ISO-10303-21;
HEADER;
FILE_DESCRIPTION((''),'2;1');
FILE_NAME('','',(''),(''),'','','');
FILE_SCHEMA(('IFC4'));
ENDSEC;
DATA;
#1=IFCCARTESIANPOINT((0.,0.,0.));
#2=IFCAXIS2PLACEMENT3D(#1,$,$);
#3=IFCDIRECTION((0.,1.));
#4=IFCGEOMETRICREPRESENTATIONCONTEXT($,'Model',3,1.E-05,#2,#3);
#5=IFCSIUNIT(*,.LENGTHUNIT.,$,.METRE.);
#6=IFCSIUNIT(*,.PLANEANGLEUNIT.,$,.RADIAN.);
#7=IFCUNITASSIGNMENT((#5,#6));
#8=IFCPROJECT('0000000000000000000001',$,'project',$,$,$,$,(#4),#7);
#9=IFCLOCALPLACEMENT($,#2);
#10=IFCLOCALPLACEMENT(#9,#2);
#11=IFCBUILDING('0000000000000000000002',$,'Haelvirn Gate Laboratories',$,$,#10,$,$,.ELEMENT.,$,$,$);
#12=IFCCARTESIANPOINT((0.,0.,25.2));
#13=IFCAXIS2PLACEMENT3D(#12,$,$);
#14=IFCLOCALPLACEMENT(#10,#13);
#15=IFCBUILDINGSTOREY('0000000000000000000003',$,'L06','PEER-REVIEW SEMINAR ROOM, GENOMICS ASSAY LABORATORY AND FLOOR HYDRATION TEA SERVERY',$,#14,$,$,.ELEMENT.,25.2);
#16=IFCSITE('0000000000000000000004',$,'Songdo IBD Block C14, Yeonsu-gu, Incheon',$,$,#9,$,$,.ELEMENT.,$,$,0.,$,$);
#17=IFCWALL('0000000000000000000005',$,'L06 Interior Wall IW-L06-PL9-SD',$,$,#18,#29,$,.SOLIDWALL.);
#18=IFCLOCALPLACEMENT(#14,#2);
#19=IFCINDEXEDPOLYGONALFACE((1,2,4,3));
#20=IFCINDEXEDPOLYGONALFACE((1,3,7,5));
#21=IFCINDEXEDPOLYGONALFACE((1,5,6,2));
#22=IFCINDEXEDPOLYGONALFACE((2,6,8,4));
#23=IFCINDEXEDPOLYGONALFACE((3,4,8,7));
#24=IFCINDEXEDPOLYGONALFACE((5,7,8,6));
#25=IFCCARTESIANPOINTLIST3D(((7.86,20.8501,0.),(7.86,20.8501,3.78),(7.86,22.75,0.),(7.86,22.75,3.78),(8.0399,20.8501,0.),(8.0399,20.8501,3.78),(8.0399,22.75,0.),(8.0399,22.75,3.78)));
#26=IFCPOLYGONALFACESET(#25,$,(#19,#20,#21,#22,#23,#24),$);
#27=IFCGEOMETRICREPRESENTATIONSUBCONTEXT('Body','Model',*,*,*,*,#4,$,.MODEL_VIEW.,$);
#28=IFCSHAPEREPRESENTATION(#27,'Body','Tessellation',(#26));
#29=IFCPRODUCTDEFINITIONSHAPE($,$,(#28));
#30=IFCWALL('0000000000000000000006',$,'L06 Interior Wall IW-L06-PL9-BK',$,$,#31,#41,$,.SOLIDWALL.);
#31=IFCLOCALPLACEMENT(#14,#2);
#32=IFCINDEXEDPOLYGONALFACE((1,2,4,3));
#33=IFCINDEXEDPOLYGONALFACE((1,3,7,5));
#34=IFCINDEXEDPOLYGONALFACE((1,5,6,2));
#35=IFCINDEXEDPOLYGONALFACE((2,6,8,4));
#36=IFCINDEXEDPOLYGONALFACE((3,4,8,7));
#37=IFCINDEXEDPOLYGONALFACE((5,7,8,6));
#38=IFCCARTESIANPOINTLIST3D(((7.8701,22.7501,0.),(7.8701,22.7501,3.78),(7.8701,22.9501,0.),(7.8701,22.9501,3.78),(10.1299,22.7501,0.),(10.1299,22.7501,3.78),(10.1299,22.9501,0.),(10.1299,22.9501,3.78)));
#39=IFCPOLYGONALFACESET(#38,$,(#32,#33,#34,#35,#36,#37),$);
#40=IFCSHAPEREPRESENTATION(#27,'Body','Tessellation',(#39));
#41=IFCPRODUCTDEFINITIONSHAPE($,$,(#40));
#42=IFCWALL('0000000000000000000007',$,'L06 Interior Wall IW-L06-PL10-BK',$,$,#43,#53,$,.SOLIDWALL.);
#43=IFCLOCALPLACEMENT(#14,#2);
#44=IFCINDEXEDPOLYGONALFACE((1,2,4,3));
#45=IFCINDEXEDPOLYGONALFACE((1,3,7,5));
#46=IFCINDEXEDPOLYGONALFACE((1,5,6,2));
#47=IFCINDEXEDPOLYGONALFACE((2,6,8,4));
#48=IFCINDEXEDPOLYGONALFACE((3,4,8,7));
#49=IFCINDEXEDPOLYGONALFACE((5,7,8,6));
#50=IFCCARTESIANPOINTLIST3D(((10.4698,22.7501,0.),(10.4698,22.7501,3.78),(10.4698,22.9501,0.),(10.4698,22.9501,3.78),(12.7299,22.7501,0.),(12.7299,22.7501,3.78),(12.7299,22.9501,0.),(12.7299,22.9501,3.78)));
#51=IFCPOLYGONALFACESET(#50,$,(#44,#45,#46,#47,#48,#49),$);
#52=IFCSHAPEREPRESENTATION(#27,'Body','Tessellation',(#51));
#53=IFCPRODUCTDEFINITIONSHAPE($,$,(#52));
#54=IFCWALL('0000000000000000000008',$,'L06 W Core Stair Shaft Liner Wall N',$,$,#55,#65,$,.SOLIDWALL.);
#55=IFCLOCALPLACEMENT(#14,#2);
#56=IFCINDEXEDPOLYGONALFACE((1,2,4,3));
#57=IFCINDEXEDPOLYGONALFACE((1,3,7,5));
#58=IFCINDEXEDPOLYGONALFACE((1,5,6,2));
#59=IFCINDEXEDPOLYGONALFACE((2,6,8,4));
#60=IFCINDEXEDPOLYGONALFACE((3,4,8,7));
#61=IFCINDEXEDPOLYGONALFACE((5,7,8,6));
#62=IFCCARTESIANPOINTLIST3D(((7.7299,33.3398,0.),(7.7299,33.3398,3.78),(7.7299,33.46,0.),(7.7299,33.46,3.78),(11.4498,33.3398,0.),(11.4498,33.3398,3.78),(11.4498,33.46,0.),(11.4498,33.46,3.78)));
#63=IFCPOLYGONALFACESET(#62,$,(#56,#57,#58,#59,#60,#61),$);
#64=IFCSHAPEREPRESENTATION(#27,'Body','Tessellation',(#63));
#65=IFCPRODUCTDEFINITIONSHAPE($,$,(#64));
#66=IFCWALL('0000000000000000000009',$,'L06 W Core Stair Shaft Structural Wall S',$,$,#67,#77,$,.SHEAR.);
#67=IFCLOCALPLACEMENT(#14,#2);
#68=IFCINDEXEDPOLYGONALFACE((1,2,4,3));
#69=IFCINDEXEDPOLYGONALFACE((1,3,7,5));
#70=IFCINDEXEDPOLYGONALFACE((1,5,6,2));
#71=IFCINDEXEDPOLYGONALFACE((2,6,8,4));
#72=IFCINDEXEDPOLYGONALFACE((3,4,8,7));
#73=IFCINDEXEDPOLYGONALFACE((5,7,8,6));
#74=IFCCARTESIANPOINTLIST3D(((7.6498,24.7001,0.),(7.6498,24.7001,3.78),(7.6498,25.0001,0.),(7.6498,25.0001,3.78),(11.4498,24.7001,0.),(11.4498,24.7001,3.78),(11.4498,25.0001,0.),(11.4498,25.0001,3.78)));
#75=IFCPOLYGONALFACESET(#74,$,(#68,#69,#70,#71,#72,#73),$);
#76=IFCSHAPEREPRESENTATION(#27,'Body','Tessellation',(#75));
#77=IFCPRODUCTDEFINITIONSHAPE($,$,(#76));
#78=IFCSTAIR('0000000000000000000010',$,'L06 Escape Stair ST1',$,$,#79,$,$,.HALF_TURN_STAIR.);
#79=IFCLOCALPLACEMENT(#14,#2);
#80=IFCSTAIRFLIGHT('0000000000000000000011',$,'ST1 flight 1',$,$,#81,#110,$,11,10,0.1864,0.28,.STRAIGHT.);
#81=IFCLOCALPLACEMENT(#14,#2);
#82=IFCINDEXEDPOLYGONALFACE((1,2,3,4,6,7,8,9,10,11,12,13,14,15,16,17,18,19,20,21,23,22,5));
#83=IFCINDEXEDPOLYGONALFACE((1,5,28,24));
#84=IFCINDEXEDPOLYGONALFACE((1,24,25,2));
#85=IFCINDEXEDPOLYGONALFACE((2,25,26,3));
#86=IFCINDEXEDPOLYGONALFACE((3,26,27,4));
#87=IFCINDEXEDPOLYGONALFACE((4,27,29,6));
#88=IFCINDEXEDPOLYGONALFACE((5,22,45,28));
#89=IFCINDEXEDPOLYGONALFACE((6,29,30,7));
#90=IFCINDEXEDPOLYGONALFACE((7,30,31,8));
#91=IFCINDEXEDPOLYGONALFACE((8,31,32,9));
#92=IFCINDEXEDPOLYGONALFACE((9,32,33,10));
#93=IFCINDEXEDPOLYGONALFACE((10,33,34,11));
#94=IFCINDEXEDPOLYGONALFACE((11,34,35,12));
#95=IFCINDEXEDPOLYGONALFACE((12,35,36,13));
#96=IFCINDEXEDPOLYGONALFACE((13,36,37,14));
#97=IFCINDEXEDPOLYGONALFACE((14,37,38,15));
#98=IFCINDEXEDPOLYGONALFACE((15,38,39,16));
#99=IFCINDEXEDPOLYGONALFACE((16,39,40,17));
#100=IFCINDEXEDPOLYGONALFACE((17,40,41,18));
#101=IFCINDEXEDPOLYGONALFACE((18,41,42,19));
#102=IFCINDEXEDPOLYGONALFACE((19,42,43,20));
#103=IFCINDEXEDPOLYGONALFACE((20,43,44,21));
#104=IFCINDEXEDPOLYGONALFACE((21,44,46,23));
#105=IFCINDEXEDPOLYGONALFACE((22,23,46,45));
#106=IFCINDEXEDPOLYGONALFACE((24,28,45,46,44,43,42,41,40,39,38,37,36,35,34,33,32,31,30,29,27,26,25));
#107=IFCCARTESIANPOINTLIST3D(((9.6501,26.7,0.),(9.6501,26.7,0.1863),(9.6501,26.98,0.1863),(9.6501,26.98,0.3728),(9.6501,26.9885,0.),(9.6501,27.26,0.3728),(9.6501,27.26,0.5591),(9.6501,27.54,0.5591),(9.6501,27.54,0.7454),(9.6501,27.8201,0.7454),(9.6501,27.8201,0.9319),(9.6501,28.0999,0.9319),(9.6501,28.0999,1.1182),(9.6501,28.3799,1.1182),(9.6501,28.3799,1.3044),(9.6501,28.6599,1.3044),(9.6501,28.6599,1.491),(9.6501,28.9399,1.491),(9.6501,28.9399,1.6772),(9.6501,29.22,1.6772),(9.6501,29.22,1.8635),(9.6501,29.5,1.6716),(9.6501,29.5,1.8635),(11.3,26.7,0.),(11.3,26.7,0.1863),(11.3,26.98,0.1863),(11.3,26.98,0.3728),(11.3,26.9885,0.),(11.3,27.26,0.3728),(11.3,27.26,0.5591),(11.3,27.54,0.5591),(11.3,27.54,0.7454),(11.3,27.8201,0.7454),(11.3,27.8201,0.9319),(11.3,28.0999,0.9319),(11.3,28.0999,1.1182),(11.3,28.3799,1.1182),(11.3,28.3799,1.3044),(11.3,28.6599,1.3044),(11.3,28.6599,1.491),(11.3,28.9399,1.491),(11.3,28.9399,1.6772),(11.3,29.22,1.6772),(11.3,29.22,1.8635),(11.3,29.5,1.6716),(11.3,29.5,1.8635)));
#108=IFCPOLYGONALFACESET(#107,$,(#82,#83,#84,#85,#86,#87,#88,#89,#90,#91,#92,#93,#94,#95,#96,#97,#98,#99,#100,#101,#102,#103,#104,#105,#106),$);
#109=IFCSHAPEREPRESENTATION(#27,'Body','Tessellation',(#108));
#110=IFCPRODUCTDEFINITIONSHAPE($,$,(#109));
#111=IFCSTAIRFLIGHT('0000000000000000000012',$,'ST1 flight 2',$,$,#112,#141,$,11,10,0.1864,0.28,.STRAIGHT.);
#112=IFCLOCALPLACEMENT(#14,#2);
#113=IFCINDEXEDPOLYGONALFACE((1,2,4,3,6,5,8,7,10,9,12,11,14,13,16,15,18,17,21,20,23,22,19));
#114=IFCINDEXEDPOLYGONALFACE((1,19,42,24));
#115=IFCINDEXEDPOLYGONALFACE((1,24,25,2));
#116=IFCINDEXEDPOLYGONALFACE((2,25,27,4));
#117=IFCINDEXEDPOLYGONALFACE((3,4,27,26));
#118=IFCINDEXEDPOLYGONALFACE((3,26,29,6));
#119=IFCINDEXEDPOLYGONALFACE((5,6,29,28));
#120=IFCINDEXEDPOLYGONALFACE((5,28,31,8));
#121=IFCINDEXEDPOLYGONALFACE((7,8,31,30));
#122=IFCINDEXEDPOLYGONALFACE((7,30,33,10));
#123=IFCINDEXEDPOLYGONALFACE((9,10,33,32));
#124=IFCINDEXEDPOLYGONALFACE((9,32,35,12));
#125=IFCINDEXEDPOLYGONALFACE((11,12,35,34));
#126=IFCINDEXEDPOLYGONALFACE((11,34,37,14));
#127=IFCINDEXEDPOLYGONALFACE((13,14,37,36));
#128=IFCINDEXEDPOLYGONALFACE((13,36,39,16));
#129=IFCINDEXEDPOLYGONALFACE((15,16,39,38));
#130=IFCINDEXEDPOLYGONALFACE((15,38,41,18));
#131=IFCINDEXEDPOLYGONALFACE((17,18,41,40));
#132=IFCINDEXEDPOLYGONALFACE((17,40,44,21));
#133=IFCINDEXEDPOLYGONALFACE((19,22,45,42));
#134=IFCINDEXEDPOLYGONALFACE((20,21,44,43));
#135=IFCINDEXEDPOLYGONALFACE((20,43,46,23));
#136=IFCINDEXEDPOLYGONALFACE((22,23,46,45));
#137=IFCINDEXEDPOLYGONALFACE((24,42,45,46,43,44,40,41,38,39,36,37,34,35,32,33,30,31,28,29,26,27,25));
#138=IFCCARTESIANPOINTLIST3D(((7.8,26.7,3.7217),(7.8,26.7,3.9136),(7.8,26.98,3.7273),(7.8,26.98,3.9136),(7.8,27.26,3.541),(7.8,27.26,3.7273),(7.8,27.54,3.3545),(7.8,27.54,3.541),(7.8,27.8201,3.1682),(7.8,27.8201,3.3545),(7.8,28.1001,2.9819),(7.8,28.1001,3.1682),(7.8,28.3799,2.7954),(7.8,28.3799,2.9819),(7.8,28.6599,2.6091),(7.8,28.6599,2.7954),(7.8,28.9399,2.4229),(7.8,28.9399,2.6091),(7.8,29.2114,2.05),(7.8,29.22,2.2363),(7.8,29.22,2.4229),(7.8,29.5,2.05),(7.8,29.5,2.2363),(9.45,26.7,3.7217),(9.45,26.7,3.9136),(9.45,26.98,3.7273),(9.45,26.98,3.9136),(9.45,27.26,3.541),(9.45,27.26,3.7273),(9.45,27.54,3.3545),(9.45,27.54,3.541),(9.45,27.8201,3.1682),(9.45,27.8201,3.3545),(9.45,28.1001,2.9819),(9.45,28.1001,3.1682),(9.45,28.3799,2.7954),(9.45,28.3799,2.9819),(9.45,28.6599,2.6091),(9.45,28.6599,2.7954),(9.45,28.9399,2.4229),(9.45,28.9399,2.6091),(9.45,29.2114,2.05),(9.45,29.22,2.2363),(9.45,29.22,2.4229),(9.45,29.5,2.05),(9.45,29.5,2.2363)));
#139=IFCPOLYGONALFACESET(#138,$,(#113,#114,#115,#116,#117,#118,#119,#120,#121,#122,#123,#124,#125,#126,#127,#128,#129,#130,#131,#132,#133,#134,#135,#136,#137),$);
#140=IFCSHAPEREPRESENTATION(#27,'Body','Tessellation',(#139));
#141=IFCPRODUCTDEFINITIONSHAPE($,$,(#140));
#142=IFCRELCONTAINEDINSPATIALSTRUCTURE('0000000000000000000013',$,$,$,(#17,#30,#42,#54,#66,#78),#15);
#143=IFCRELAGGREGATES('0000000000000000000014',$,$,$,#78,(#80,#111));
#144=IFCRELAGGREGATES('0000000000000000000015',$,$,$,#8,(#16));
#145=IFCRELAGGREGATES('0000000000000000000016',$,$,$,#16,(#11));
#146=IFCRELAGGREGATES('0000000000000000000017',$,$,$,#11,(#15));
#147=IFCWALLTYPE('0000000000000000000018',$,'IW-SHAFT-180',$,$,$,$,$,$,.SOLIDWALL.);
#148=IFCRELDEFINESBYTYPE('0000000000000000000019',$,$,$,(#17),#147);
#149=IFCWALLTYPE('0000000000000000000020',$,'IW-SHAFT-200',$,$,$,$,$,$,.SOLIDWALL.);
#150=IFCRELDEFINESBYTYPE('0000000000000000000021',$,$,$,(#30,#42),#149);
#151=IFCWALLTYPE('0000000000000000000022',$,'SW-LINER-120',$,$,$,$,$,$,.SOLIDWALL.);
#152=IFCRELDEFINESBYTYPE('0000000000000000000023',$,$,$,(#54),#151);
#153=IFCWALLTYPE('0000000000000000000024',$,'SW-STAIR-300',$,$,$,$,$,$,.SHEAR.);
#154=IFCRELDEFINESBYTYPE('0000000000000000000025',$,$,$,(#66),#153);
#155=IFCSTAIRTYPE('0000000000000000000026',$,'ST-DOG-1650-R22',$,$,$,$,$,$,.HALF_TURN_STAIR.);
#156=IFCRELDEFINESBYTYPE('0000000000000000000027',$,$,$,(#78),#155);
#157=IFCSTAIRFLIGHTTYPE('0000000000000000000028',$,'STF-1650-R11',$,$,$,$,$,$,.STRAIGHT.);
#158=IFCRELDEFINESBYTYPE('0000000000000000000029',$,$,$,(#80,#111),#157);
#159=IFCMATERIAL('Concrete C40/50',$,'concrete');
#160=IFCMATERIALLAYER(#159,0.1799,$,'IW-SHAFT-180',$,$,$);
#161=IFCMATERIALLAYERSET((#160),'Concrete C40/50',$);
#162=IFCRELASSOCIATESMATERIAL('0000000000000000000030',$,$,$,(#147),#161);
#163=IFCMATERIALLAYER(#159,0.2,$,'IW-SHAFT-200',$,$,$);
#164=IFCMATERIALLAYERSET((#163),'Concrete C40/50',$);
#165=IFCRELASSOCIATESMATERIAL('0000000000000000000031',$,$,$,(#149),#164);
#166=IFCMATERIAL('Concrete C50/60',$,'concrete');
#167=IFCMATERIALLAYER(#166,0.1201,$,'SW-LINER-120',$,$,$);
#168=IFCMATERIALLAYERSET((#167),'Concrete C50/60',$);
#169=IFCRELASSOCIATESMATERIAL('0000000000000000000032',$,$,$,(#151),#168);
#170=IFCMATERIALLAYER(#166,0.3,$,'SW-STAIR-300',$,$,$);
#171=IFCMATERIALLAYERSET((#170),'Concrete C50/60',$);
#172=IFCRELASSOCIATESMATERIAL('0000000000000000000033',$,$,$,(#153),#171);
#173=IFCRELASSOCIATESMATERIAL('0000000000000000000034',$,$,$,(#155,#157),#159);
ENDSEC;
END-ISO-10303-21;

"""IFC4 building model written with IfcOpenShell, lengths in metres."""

from ifc_helpers import new_model, si_unit, direction, frame, frame_2d, origin, place, context, subcontext, project, spatial, polyline, rectangle, outline, extrude, source, transform, mapped, material, layer, layer_set, type_object, type_shapes, element, aggregate, save


model = new_model("IFC4")

# Units and contexts
model_context = context("Model", 3, precision=1e-05, world=origin(), true_north=direction((0.0, 1.0)))
body_context = subcontext(model_context, "Body", "Model", "MODEL_VIEW")
ifc_project = project(units=[si_unit("LENGTHUNIT", "METRE"), si_unit("PLANEANGLEUNIT", "RADIAN")], contexts=[model_context])

# Site, building, storey
site_placement = place(None, origin())
site = spatial("IfcSite", under=ifc_project, at=site_placement, Name="Songdo IBD Block C14, Yeonsu-gu, Incheon", CompositionType="ELEMENT", RefElevation=0.0)
building_placement = place(site_placement, origin())
building = spatial("IfcBuilding", under=site, at=building_placement, Name="Haelvirn Gate Laboratories", CompositionType="ELEMENT")
storey_placement = place(building_placement, frame((0.0, 0.0, 25.2)))
storey = spatial("IfcBuildingStorey", under=building, at=storey_placement, Name="L06", Description="PEER-REVIEW SEMINAR ROOM, GENOMICS ASSAY LABORATORY AND FLOOR HYDRATION TEA SERVERY", CompositionType="ELEMENT", Elevation=25.2)

# Walls
ifc_material_1 = material(Name="Concrete C40/50", Category="concrete")
ifc_layer_1 = layer(ifc_material_1, 0.1799, Name="IW-SHAFT-180")
ifc_layer_set_1 = layer_set([ifc_layer_1], Name="Concrete C40/50")
wall_type_1 = type_object("IfcWallType", Name="IW-SHAFT-180", PredefinedType="SOLIDWALL", material=ifc_layer_set_1)
wall_1_placement = place(storey_placement, frame((7.95, 20.8501, 0.0), z_axis=(0.0, 0.0, 1.0), x_axis=(0.0, 1.0, 0.0)))
element("IfcWall", 1, at=wall_1_placement, inside=storey, type_object=wall_type_1, Name="L06 Interior Wall IW-L06-PL9-SD", PredefinedType="SOLIDWALL", context=body_context, shape_type="SweptSolid", body=[
    extrude(rectangle(XDim=1.8999, YDim=0.1799, at=frame_2d((0.95, 0.0))), origin(), (0.0, 0.0, 1.0), 3.78),
])
ifc_layer_2 = layer(ifc_material_1, 0.2, Name="IW-SHAFT-200")
ifc_layer_set_2 = layer_set([ifc_layer_2], Name="Concrete C40/50")
wall_type_2 = type_object("IfcWallType", Name="IW-SHAFT-200", PredefinedType="SOLIDWALL", material=ifc_layer_set_2)
wall_2_placement = place(storey_placement, frame((7.8701, 22.8501, 0.0), z_axis=(0.0, 0.0, 1.0), x_axis=(1.0, 0.0, 0.0)))
element("IfcWall", 2, at=wall_2_placement, inside=storey, type_object=wall_type_2, Name="L06 Interior Wall IW-L06-PL9-BK", PredefinedType="SOLIDWALL", context=body_context, shape_type="SweptSolid", body=[
    extrude(rectangle(XDim=2.2598, YDim=0.2, at=frame_2d((1.1299, 0.0))), origin(), (0.0, 0.0, 1.0), 3.78),
])
wall_3_placement = place(storey_placement, frame((10.47, 22.8501, 0.0), z_axis=(0.0, 0.0, 1.0), x_axis=(1.0, 0.0, 0.0)))
element("IfcWall", 3, at=wall_3_placement, inside=storey, type_object=wall_type_2, Name="L06 Interior Wall IW-L06-PL10-BK", PredefinedType="SOLIDWALL", context=body_context, shape_type="SweptSolid", body=[
    extrude(rectangle(XDim=2.26, YDim=0.2, at=frame_2d((1.1299, 0.0))), origin(), (0.0, 0.0, 1.0), 3.78),
])

# Walls
ifc_material_2 = material(Name="Concrete C50/60", Category="concrete")
ifc_layer_3 = layer(ifc_material_2, 0.1201, Name="SW-LINER-120")
ifc_layer_set_3 = layer_set([ifc_layer_3], Name="Concrete C50/60")
wall_type_3 = type_object("IfcWallType", Name="SW-LINER-120", PredefinedType="SOLIDWALL", material=ifc_layer_set_3)
wall_4_placement = place(storey_placement, frame((7.73, 33.3999, 0.0), z_axis=(0.0, 0.0, 1.0), x_axis=(1.0, 0.0, 0.0)))
element("IfcWall", 4, at=wall_4_placement, inside=storey, type_object=wall_type_3, Name="L06 W Core Stair Shaft Liner Wall N", PredefinedType="SOLIDWALL", context=body_context, shape_type="SweptSolid", body=[
    extrude(rectangle(XDim=3.72, YDim=0.1201, at=frame_2d((1.8599, 0.0))), origin(), (0.0, 0.0, 1.0), 3.78),
])
ifc_layer_4 = layer(ifc_material_2, 0.3, Name="SW-STAIR-300")
ifc_layer_set_4 = layer_set([ifc_layer_4], Name="Concrete C50/60")
wall_type_4 = type_object("IfcWallType", Name="SW-STAIR-300", PredefinedType="SHEAR", material=ifc_layer_set_4)
wall_5_placement = place(storey_placement, frame((7.6499, 24.8501, 0.0), z_axis=(0.0, 0.0, 1.0), x_axis=(1.0, 0.0, 0.0)))
element("IfcWall", 5, at=wall_5_placement, inside=storey, type_object=wall_type_4, Name="L06 W Core Stair Shaft Structural Wall S", PredefinedType="SHEAR", context=body_context, shape_type="SweptSolid", body=[
    extrude(rectangle(XDim=3.8, YDim=0.3, at=frame_2d((1.8999, 0.0))), origin(), (0.0, 0.0, 1.0), 3.78),
])

# Stair, stair flights
stair_type = type_object("IfcStairType", Name="ST-DOG-1650-R22", PredefinedType="HALF_TURN_STAIR", material=ifc_material_1)
stair_placement = place(storey_placement, origin())
stair = element("IfcStair", 6, at=stair_placement, inside=storey, type_object=stair_type, Name="L06 Escape Stair ST1", PredefinedType="HALF_TURN_STAIR")
stair_flight_type = type_object("IfcStairFlightType", Name="STF-1650-R11", PredefinedType="STRAIGHT", material=ifc_material_1)
shared_shape_1 = source(origin(), body_context, "Body", "SweptSolid", [
    extrude(outline(polyline([(0.0, 0.0), (0.0, 0.1863), (0.28, 0.1863), (0.28, 0.3728), (0.5601, 0.3728), (0.5601, 0.5591), (0.8401, 0.5591), (0.8401, 0.7454), (1.1201, 0.7454), (1.1201, 0.9319), (1.3999, 0.9319), (1.3999, 1.1182), (1.6799, 1.1182), (1.6799, 1.3044), (1.96, 1.3044), (1.96, 1.491), (2.24, 1.491), (2.24, 1.6772), (2.52, 1.6772), (2.52, 1.8635), (2.8, 1.8635), (2.8, 2.05), (2.8, 1.6716), (0.2886, 0.0), (0.0, 0.0)])), frame((0.0, 0.825, 0.0), z_axis=(0.0, -1.0, 0.0), x_axis=(1.0, 0.0, 0.0)), (0.0, 0.0, 1.0), 1.6499),
])
type_shapes(stair_flight_type, [shared_shape_1])
stair_flight_1_placement = place(storey_placement, frame((10.4751, 26.7, 0.0), z_axis=(0.0, 0.0, 1.0), x_axis=(0.0, 1.0, 0.0)))
stair_flight_1 = element("IfcStairFlight", 7, at=stair_flight_1_placement, type_object=stair_flight_type, Name="ST1 flight 1", NumberOfRisers=11, NumberOfTreads=10, PredefinedType="STRAIGHT", RiserHeight=0.1864, TreadLength=0.28, context=body_context, shape_type="MappedRepresentation", body=[
    mapped(shared_shape_1, transform((0.0, 0.0, 0.0), scale=1.0)),
])
stair_flight_2_placement = place(storey_placement, frame((8.625, 29.5, 2.05), z_axis=(0.0, 0.0, 1.0), x_axis=(0.0, -1.0, 0.0)))
stair_flight_2 = element("IfcStairFlight", 8, at=stair_flight_2_placement, type_object=stair_flight_type, Name="ST1 flight 2", NumberOfRisers=11, NumberOfTreads=10, PredefinedType="STRAIGHT", RiserHeight=0.1864, TreadLength=0.28, context=body_context, shape_type="MappedRepresentation", body=[
    mapped(shared_shape_1, transform((0.0, 0.0, 0.0), scale=1.0)),
])
aggregate(stair, [stair_flight_1, stair_flight_2])

save(model, "model.ifc")
